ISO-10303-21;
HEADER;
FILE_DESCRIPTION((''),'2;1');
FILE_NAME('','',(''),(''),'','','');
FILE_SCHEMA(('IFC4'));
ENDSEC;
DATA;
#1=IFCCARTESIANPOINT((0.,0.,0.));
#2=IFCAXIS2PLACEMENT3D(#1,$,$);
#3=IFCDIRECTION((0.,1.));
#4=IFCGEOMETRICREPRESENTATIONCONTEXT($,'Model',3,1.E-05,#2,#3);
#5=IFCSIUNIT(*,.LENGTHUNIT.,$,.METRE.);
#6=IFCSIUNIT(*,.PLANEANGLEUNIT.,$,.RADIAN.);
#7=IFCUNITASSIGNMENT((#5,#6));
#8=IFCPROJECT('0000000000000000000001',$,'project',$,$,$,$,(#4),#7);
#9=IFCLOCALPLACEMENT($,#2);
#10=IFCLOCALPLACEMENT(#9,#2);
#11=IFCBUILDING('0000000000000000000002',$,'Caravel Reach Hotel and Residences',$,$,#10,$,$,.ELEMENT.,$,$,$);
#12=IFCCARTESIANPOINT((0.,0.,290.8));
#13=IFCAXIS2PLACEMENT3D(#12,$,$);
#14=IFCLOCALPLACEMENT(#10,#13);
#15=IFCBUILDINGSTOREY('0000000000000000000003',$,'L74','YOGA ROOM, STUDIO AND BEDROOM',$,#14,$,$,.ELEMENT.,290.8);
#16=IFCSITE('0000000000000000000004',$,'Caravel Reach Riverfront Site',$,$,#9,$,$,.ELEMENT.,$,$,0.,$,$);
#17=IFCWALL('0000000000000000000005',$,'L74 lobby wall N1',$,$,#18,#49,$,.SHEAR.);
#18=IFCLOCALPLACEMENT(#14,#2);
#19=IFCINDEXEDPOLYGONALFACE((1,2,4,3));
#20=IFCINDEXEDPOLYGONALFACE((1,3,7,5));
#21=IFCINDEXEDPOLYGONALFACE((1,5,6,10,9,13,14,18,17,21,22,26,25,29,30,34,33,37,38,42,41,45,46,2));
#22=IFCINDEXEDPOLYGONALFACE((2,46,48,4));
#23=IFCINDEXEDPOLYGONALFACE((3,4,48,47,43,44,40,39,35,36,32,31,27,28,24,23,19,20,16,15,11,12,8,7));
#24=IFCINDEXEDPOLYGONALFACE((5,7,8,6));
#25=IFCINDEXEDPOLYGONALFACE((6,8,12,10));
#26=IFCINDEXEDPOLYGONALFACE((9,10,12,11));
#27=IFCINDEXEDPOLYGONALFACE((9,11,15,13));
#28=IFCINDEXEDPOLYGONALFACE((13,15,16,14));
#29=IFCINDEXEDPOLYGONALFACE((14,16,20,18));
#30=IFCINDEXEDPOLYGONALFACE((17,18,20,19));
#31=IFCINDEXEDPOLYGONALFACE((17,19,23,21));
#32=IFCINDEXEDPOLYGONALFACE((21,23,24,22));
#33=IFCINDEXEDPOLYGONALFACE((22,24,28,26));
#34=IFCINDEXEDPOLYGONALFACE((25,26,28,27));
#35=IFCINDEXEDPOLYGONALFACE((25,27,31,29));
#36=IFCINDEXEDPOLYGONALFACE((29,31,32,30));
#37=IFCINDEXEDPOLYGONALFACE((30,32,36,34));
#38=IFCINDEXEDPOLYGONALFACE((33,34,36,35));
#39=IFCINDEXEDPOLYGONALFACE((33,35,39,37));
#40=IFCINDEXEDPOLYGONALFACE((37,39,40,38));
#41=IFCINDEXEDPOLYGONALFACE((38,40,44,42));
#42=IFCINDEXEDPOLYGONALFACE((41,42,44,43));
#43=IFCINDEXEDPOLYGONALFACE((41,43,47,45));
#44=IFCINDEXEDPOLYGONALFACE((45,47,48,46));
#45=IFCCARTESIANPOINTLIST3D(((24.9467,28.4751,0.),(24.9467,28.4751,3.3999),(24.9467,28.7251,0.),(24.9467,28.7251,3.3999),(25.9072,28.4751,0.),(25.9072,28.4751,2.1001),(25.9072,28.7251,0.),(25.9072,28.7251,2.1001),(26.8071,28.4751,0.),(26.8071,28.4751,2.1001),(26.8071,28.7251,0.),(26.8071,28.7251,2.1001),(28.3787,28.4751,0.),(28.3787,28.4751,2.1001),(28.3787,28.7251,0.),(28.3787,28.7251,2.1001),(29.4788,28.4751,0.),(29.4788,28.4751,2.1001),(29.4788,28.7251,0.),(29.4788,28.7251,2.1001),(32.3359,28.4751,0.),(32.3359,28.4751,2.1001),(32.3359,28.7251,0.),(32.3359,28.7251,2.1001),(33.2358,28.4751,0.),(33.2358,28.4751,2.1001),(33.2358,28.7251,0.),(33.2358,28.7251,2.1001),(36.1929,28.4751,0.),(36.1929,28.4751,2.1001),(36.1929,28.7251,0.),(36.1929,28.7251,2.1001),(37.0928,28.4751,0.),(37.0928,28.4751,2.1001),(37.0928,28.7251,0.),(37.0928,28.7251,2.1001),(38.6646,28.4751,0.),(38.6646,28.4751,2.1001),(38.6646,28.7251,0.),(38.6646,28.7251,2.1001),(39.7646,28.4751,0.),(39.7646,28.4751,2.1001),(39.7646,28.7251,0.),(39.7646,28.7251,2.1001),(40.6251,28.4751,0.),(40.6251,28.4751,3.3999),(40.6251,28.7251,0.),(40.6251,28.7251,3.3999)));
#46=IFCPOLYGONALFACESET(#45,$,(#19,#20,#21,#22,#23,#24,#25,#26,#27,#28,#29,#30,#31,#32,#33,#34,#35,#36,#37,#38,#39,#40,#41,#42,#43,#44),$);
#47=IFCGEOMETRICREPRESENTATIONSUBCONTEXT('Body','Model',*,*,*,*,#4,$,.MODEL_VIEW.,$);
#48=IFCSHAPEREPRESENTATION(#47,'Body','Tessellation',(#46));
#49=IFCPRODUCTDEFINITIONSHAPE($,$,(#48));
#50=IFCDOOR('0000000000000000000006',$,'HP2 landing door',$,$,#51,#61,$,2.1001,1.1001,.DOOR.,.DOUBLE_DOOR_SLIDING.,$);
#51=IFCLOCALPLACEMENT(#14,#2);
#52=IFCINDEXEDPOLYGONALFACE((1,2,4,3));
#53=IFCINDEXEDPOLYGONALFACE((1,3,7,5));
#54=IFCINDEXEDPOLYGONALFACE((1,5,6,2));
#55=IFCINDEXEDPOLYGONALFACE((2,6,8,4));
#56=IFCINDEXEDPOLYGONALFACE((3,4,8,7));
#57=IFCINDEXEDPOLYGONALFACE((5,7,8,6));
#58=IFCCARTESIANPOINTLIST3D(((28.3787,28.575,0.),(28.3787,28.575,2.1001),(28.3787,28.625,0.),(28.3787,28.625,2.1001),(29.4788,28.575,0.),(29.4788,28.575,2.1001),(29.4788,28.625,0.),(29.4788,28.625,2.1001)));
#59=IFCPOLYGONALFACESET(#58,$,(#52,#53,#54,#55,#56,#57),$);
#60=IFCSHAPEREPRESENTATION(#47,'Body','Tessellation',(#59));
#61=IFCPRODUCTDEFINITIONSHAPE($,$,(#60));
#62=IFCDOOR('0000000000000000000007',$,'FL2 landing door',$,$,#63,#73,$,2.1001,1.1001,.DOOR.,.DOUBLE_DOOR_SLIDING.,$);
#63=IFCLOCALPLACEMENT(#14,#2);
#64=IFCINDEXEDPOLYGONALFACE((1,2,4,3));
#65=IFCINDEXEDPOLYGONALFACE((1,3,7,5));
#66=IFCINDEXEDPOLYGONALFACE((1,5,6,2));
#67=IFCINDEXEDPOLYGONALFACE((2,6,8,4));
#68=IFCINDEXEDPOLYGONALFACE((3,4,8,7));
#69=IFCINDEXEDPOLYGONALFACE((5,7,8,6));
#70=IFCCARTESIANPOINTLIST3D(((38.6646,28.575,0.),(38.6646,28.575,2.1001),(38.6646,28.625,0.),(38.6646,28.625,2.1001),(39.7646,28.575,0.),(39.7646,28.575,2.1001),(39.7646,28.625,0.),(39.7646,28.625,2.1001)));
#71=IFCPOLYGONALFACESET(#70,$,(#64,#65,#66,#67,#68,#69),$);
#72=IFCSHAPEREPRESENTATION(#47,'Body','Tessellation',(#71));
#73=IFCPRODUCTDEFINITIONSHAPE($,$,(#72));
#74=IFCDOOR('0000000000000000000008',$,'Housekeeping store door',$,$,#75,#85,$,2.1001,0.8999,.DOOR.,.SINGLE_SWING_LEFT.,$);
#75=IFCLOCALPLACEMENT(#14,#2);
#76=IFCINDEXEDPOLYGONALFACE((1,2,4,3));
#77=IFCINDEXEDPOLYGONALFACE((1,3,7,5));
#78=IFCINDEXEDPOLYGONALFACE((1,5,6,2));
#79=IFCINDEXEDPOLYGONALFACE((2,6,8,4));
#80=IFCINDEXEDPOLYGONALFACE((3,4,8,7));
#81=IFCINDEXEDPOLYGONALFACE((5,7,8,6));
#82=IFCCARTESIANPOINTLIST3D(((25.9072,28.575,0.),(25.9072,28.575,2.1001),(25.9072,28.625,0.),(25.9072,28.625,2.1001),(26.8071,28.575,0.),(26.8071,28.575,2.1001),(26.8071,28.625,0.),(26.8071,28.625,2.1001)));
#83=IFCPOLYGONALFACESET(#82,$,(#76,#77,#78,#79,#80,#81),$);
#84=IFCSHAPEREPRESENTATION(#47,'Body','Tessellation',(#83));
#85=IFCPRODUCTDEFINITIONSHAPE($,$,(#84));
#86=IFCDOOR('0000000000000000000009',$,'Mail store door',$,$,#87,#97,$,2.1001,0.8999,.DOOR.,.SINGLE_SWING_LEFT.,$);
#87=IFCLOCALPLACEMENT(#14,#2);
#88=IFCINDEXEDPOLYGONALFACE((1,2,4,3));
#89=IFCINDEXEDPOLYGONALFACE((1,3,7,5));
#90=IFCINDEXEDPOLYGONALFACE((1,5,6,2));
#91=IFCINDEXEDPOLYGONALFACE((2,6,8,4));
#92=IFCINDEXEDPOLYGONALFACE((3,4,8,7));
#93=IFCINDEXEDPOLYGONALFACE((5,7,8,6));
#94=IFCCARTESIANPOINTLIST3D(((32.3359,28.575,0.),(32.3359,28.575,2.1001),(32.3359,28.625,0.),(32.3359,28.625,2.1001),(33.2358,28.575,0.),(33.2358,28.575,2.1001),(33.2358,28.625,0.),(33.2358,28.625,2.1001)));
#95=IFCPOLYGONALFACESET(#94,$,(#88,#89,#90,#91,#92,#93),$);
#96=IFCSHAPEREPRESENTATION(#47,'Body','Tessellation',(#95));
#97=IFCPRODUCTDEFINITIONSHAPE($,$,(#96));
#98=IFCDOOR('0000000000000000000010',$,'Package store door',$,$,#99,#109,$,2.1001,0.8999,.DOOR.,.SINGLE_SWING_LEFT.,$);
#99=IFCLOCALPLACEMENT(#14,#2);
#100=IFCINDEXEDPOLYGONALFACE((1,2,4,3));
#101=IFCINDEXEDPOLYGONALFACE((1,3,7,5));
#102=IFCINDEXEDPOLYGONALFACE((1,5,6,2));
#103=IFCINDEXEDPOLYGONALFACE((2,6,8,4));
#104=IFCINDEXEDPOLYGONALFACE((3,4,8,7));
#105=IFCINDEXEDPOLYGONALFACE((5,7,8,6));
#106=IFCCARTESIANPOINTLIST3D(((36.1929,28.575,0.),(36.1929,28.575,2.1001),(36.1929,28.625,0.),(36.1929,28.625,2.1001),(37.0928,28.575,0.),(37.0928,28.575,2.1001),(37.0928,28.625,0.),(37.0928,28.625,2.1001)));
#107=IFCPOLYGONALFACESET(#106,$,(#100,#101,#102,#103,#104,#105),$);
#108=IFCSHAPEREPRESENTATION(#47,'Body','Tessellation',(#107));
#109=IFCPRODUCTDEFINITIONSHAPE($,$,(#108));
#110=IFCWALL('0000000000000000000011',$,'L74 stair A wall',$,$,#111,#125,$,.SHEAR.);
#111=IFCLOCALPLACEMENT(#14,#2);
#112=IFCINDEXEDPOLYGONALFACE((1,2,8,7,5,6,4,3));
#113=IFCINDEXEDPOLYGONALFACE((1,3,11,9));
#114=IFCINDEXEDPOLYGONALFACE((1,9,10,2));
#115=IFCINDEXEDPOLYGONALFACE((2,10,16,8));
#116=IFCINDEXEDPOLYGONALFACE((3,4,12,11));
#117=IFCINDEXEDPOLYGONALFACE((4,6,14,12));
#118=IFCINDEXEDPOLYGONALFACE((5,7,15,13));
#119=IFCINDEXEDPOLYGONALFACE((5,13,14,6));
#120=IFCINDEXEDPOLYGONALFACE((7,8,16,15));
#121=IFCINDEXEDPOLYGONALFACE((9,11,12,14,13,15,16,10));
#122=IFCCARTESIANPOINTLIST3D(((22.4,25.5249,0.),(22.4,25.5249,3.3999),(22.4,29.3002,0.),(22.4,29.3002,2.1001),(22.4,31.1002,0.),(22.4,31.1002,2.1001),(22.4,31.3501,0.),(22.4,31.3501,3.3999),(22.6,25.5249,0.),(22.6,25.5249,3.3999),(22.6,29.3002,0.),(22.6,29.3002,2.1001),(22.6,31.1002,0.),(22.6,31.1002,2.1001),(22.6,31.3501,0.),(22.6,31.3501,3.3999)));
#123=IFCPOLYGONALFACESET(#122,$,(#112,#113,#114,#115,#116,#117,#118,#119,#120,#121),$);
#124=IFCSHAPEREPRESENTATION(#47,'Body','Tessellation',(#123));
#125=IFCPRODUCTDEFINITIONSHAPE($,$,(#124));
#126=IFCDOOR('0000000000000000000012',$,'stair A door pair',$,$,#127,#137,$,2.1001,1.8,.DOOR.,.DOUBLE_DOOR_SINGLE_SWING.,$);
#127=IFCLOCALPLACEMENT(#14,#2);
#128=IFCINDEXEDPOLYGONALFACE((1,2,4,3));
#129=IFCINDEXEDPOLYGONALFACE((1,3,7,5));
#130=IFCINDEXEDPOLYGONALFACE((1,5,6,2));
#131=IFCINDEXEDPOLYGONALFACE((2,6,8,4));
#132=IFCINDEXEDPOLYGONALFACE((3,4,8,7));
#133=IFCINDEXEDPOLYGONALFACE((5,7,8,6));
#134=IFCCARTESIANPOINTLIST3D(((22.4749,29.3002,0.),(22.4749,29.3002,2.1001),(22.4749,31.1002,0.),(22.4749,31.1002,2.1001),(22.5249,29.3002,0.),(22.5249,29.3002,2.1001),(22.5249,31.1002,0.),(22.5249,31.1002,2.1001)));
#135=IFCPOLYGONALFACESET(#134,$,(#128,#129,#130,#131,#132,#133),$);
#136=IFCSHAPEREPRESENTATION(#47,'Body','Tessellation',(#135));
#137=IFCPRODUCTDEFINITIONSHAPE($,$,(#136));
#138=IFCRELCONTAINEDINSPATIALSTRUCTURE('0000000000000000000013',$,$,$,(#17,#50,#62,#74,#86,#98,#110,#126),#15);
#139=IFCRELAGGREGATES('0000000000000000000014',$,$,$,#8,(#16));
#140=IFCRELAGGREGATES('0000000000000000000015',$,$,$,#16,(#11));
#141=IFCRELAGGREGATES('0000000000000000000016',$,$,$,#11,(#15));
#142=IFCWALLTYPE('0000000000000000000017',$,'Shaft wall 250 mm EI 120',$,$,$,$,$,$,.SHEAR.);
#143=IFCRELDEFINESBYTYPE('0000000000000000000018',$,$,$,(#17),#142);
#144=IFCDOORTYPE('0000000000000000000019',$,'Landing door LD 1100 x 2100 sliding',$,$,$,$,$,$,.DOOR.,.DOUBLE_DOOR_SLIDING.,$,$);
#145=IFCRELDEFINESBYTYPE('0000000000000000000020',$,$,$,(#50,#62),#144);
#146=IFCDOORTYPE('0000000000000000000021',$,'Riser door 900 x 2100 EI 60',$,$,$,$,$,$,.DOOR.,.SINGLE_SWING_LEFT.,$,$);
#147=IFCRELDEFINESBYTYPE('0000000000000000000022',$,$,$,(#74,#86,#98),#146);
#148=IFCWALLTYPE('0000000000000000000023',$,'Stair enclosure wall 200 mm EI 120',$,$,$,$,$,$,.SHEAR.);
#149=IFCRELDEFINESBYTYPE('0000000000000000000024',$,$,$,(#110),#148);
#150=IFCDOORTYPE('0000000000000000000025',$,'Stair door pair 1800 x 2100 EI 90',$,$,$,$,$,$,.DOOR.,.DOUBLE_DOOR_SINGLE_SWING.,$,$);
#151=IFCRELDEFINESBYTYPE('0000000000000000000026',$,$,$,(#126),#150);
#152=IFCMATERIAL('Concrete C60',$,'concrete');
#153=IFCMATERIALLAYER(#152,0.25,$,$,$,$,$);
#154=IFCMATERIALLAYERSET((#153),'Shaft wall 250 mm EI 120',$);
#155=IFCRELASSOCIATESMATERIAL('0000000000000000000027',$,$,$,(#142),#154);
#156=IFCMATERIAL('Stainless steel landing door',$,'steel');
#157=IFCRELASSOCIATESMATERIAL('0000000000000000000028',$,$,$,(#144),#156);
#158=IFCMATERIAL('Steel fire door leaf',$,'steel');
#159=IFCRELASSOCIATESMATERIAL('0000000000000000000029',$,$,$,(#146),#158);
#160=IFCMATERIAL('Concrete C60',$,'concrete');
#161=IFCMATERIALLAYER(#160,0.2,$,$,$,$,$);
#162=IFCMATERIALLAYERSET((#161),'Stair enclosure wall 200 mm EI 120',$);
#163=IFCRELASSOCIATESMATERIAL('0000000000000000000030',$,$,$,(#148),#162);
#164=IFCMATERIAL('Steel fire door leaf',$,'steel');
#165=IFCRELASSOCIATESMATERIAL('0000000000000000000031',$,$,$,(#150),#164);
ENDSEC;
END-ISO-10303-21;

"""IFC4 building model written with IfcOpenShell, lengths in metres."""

from ifc_helpers import new_model, si_unit, direction, frame, frame_2d, origin, place, context, subcontext, project, spatial, rectangle, extrude, material, layer, layer_set, type_object, element, fill, save


model = new_model("IFC4")

# Units and contexts
model_context = context("Model", 3, precision=1e-05, world=origin(), true_north=direction((0.0, 1.0)))
body_context = subcontext(model_context, "Body", "Model", "MODEL_VIEW")
ifc_project = project(units=[si_unit("LENGTHUNIT", "METRE"), si_unit("PLANEANGLEUNIT", "RADIAN")], contexts=[model_context])

# Site, building, storey
site_placement = place(None, origin())
site = spatial("IfcSite", under=ifc_project, at=site_placement, Name="Caravel Reach Riverfront Site", CompositionType="ELEMENT", RefElevation=0.0)
building_placement = place(site_placement, origin())
building = spatial("IfcBuilding", under=site, at=building_placement, Name="Caravel Reach Hotel and Residences", CompositionType="ELEMENT")
storey_placement = place(building_placement, frame((0.0, 0.0, 290.8)))
storey = spatial("IfcBuildingStorey", under=building, at=storey_placement, Name="L74", Description="YOGA ROOM, STUDIO AND BEDROOM", CompositionType="ELEMENT", Elevation=290.8)

# Wall, openings, doors
ifc_material_1 = material(Name="Concrete C60", Category="concrete")
ifc_layer_1 = layer(ifc_material_1, 0.25)
ifc_layer_set_1 = layer_set([ifc_layer_1], Name="Shaft wall 250 mm EI 120")
wall_type_1 = type_object("IfcWallType", Name="Shaft wall 250 mm EI 120", PredefinedType="SHEAR", material=ifc_layer_set_1)
ifc_material_2 = material(Name="Stainless steel landing door", Category="steel")
door_type_1 = type_object("IfcDoorType", Name="Landing door LD 1100 x 2100 sliding", OperationType="DOUBLE_DOOR_SLIDING", PredefinedType="DOOR", material=ifc_material_2)
ifc_material_3 = material(Name="Steel fire door leaf", Category="steel")
door_type_2 = type_object("IfcDoorType", Name="Riser door 900 x 2100 EI 60", OperationType="SINGLE_SWING_LEFT", PredefinedType="DOOR", material=ifc_material_3)
wall_1_placement = place(storey_placement, frame((24.9465, 28.6001, 0.0), z_axis=(0.0, 0.0, 1.0), x_axis=(1.0, 0.0, 0.0)))
wall_1 = element("IfcWall", 1, at=wall_1_placement, inside=storey, type_object=wall_type_1, Name="L74 lobby wall N1", PredefinedType="SHEAR", context=body_context, shape_type="SweptSolid", body=[
    extrude(rectangle(XDim=15.6785, YDim=0.25, at=frame_2d((7.8394, 0.0))), origin(), (0.0, 0.0, 1.0), 3.3999),
])
opening_1_placement = place(wall_1_placement, frame((3.4321, 0.0, 0.0)))
opening_1 = element("IfcOpeningElement", 2, at=opening_1_placement, cuts=wall_1, PredefinedType="OPENING", context=body_context, shape_type="SweptSolid", body=[
    extrude(rectangle(XDim=1.1001, YDim=2.1001, at=frame_2d((0.55, 1.05))), frame((0.0, 0.135, 0.0), z_axis=(0.0, -1.0, 0.0), x_axis=(1.0, 0.0, 0.0)), (0.0, 0.0, 1.0), 0.27),
])
opening_2_placement = place(wall_1_placement, frame((13.718, 0.0, 0.0)))
opening_2 = element("IfcOpeningElement", 3, at=opening_2_placement, cuts=wall_1, PredefinedType="OPENING", context=body_context, shape_type="SweptSolid", body=[
    extrude(rectangle(XDim=1.1001, YDim=2.1001, at=frame_2d((0.55, 1.05))), frame((0.0, 0.135, 0.0), z_axis=(0.0, -1.0, 0.0), x_axis=(1.0, 0.0, 0.0)), (0.0, 0.0, 1.0), 0.27),
])
opening_3_placement = place(wall_1_placement, frame((0.9607, 0.0, 0.0)))
opening_3 = element("IfcOpeningElement", 4, at=opening_3_placement, cuts=wall_1, PredefinedType="OPENING", context=body_context, shape_type="SweptSolid", body=[
    extrude(rectangle(XDim=0.8999, YDim=2.1001, at=frame_2d((0.45, 1.05))), frame((0.0, 0.135, 0.0), z_axis=(0.0, -1.0, 0.0), x_axis=(1.0, 0.0, 0.0)), (0.0, 0.0, 1.0), 0.27),
])
opening_4_placement = place(wall_1_placement, frame((7.3894, 0.0, 0.0)))
opening_4 = element("IfcOpeningElement", 5, at=opening_4_placement, cuts=wall_1, PredefinedType="OPENING", context=body_context, shape_type="SweptSolid", body=[
    extrude(rectangle(XDim=0.8999, YDim=2.1001, at=frame_2d((0.45, 1.05))), frame((0.0, 0.135, 0.0), z_axis=(0.0, -1.0, 0.0), x_axis=(1.0, 0.0, 0.0)), (0.0, 0.0, 1.0), 0.27),
])
opening_5_placement = place(wall_1_placement, frame((11.2463, 0.0, 0.0)))
opening_5 = element("IfcOpeningElement", 6, at=opening_5_placement, cuts=wall_1, PredefinedType="OPENING", context=body_context, shape_type="SweptSolid", body=[
    extrude(rectangle(XDim=0.8999, YDim=2.1001, at=frame_2d((0.45, 1.05))), frame((0.0, 0.135, 0.0), z_axis=(0.0, -1.0, 0.0), x_axis=(1.0, 0.0, 0.0)), (0.0, 0.0, 1.0), 0.27),
])
door_1_placement = place(opening_1_placement, origin())
door_1 = element("IfcDoor", 7, at=door_1_placement, inside=storey, type_object=door_type_1, Name="HP2 landing door", OperationType="DOUBLE_DOOR_SLIDING", OverallHeight=2.1001, OverallWidth=1.1001, PredefinedType="DOOR", context=body_context, shape_type="SweptSolid", body=[
    extrude(rectangle(XDim=1.1001, YDim=2.1001, at=frame_2d((0.55, 1.05))), frame((0.0, 0.0249, 0.0), z_axis=(0.0, -1.0, 0.0), x_axis=(1.0, 0.0, 0.0)), (0.0, 0.0, 1.0), 0.05),
])
fill(opening_1, door_1)
door_2_placement = place(opening_2_placement, origin())
door_2 = element("IfcDoor", 8, at=door_2_placement, inside=storey, type_object=door_type_1, Name="FL2 landing door", OperationType="DOUBLE_DOOR_SLIDING", OverallHeight=2.1001, OverallWidth=1.1001, PredefinedType="DOOR", context=body_context, shape_type="SweptSolid", body=[
    extrude(rectangle(XDim=1.1001, YDim=2.1001, at=frame_2d((0.55, 1.05))), frame((0.0, 0.0249, 0.0), z_axis=(0.0, -1.0, 0.0), x_axis=(1.0, 0.0, 0.0)), (0.0, 0.0, 1.0), 0.05),
])
fill(opening_2, door_2)
door_3_placement = place(opening_3_placement, origin())
door_3 = element("IfcDoor", 9, at=door_3_placement, inside=storey, type_object=door_type_2, Name="Housekeeping store door", OperationType="SINGLE_SWING_LEFT", OverallHeight=2.1001, OverallWidth=0.8999, PredefinedType="DOOR", context=body_context, shape_type="SweptSolid", body=[
    extrude(rectangle(XDim=0.8999, YDim=2.1001, at=frame_2d((0.45, 1.05))), frame((0.0, 0.0249, 0.0), z_axis=(0.0, -1.0, 0.0), x_axis=(1.0, 0.0, 0.0)), (0.0, 0.0, 1.0), 0.05),
])
fill(opening_3, door_3)
door_4_placement = place(opening_4_placement, origin())
door_4 = element("IfcDoor", 10, at=door_4_placement, inside=storey, type_object=door_type_2, Name="Mail store door", OperationType="SINGLE_SWING_LEFT", OverallHeight=2.1001, OverallWidth=0.8999, PredefinedType="DOOR", context=body_context, shape_type="SweptSolid", body=[
    extrude(rectangle(XDim=0.8999, YDim=2.1001, at=frame_2d((0.45, 1.05))), frame((0.0, 0.0249, 0.0), z_axis=(0.0, -1.0, 0.0), x_axis=(1.0, 0.0, 0.0)), (0.0, 0.0, 1.0), 0.05),
])
fill(opening_4, door_4)
door_5_placement = place(opening_5_placement, origin())
door_5 = element("IfcDoor", 11, at=door_5_placement, inside=storey, type_object=door_type_2, Name="Package store door", OperationType="SINGLE_SWING_LEFT", OverallHeight=2.1001, OverallWidth=0.8999, PredefinedType="DOOR", context=body_context, shape_type="SweptSolid", body=[
    extrude(rectangle(XDim=0.8999, YDim=2.1001, at=frame_2d((0.45, 1.05))), frame((0.0, 0.0249, 0.0), z_axis=(0.0, -1.0, 0.0), x_axis=(1.0, 0.0, 0.0)), (0.0, 0.0, 1.0), 0.05),
])
fill(opening_5, door_5)

# Wall, opening, door
ifc_material_4 = material(Name="Concrete C60", Category="concrete")
ifc_layer_2 = layer(ifc_material_4, 0.2)
ifc_layer_set_2 = layer_set([ifc_layer_2], Name="Stair enclosure wall 200 mm EI 120")
wall_type_2 = type_object("IfcWallType", Name="Stair enclosure wall 200 mm EI 120", PredefinedType="SHEAR", material=ifc_layer_set_2)
wall_2_placement = place(storey_placement, frame((22.5, 31.3501, 0.0), z_axis=(0.0, 0.0, 1.0), x_axis=(0.0, -1.0, 0.0)))
wall_2 = element("IfcWall", 12, at=wall_2_placement, inside=storey, type_object=wall_type_2, Name="L74 stair A wall", PredefinedType="SHEAR", context=body_context, shape_type="SweptSolid", body=[
    extrude(rectangle(XDim=5.8252, YDim=0.2, at=frame_2d((2.9126, 0.0))), origin(), (0.0, 0.0, 1.0), 3.3999),
])
opening_6_placement = place(wall_2_placement, frame((0.25, 0.0, 0.0)))
opening_6 = element("IfcOpeningElement", 13, at=opening_6_placement, cuts=wall_2, PredefinedType="OPENING", context=body_context, shape_type="SweptSolid", body=[
    extrude(rectangle(XDim=1.8, YDim=2.1001, at=frame_2d((0.8999, 1.05))), frame((0.0, 0.1099, 0.0), z_axis=(0.0, -1.0, 0.0), x_axis=(1.0, 0.0, 0.0)), (0.0, 0.0, 1.0), 0.22),
])
ifc_material_5 = material(Name="Steel fire door leaf", Category="steel")
door_type_3 = type_object("IfcDoorType", Name="Stair door pair 1800 x 2100 EI 90", OperationType="DOUBLE_DOOR_SINGLE_SWING", PredefinedType="DOOR", material=ifc_material_5)
door_6_placement = place(opening_6_placement, origin())
door_6 = element("IfcDoor", 14, at=door_6_placement, inside=storey, type_object=door_type_3, Name="stair A door pair", OperationType="DOUBLE_DOOR_SINGLE_SWING", OverallHeight=2.1001, OverallWidth=1.8, PredefinedType="DOOR", context=body_context, shape_type="SweptSolid", body=[
    extrude(rectangle(XDim=1.8, YDim=2.1001, at=frame_2d((0.8999, 1.05))), frame((0.0, 0.0249, 0.0), z_axis=(0.0, -1.0, 0.0), x_axis=(1.0, 0.0, 0.0)), (0.0, 0.0, 1.0), 0.05),
])
fill(opening_6, door_6)

save(model, "model.ifc")
